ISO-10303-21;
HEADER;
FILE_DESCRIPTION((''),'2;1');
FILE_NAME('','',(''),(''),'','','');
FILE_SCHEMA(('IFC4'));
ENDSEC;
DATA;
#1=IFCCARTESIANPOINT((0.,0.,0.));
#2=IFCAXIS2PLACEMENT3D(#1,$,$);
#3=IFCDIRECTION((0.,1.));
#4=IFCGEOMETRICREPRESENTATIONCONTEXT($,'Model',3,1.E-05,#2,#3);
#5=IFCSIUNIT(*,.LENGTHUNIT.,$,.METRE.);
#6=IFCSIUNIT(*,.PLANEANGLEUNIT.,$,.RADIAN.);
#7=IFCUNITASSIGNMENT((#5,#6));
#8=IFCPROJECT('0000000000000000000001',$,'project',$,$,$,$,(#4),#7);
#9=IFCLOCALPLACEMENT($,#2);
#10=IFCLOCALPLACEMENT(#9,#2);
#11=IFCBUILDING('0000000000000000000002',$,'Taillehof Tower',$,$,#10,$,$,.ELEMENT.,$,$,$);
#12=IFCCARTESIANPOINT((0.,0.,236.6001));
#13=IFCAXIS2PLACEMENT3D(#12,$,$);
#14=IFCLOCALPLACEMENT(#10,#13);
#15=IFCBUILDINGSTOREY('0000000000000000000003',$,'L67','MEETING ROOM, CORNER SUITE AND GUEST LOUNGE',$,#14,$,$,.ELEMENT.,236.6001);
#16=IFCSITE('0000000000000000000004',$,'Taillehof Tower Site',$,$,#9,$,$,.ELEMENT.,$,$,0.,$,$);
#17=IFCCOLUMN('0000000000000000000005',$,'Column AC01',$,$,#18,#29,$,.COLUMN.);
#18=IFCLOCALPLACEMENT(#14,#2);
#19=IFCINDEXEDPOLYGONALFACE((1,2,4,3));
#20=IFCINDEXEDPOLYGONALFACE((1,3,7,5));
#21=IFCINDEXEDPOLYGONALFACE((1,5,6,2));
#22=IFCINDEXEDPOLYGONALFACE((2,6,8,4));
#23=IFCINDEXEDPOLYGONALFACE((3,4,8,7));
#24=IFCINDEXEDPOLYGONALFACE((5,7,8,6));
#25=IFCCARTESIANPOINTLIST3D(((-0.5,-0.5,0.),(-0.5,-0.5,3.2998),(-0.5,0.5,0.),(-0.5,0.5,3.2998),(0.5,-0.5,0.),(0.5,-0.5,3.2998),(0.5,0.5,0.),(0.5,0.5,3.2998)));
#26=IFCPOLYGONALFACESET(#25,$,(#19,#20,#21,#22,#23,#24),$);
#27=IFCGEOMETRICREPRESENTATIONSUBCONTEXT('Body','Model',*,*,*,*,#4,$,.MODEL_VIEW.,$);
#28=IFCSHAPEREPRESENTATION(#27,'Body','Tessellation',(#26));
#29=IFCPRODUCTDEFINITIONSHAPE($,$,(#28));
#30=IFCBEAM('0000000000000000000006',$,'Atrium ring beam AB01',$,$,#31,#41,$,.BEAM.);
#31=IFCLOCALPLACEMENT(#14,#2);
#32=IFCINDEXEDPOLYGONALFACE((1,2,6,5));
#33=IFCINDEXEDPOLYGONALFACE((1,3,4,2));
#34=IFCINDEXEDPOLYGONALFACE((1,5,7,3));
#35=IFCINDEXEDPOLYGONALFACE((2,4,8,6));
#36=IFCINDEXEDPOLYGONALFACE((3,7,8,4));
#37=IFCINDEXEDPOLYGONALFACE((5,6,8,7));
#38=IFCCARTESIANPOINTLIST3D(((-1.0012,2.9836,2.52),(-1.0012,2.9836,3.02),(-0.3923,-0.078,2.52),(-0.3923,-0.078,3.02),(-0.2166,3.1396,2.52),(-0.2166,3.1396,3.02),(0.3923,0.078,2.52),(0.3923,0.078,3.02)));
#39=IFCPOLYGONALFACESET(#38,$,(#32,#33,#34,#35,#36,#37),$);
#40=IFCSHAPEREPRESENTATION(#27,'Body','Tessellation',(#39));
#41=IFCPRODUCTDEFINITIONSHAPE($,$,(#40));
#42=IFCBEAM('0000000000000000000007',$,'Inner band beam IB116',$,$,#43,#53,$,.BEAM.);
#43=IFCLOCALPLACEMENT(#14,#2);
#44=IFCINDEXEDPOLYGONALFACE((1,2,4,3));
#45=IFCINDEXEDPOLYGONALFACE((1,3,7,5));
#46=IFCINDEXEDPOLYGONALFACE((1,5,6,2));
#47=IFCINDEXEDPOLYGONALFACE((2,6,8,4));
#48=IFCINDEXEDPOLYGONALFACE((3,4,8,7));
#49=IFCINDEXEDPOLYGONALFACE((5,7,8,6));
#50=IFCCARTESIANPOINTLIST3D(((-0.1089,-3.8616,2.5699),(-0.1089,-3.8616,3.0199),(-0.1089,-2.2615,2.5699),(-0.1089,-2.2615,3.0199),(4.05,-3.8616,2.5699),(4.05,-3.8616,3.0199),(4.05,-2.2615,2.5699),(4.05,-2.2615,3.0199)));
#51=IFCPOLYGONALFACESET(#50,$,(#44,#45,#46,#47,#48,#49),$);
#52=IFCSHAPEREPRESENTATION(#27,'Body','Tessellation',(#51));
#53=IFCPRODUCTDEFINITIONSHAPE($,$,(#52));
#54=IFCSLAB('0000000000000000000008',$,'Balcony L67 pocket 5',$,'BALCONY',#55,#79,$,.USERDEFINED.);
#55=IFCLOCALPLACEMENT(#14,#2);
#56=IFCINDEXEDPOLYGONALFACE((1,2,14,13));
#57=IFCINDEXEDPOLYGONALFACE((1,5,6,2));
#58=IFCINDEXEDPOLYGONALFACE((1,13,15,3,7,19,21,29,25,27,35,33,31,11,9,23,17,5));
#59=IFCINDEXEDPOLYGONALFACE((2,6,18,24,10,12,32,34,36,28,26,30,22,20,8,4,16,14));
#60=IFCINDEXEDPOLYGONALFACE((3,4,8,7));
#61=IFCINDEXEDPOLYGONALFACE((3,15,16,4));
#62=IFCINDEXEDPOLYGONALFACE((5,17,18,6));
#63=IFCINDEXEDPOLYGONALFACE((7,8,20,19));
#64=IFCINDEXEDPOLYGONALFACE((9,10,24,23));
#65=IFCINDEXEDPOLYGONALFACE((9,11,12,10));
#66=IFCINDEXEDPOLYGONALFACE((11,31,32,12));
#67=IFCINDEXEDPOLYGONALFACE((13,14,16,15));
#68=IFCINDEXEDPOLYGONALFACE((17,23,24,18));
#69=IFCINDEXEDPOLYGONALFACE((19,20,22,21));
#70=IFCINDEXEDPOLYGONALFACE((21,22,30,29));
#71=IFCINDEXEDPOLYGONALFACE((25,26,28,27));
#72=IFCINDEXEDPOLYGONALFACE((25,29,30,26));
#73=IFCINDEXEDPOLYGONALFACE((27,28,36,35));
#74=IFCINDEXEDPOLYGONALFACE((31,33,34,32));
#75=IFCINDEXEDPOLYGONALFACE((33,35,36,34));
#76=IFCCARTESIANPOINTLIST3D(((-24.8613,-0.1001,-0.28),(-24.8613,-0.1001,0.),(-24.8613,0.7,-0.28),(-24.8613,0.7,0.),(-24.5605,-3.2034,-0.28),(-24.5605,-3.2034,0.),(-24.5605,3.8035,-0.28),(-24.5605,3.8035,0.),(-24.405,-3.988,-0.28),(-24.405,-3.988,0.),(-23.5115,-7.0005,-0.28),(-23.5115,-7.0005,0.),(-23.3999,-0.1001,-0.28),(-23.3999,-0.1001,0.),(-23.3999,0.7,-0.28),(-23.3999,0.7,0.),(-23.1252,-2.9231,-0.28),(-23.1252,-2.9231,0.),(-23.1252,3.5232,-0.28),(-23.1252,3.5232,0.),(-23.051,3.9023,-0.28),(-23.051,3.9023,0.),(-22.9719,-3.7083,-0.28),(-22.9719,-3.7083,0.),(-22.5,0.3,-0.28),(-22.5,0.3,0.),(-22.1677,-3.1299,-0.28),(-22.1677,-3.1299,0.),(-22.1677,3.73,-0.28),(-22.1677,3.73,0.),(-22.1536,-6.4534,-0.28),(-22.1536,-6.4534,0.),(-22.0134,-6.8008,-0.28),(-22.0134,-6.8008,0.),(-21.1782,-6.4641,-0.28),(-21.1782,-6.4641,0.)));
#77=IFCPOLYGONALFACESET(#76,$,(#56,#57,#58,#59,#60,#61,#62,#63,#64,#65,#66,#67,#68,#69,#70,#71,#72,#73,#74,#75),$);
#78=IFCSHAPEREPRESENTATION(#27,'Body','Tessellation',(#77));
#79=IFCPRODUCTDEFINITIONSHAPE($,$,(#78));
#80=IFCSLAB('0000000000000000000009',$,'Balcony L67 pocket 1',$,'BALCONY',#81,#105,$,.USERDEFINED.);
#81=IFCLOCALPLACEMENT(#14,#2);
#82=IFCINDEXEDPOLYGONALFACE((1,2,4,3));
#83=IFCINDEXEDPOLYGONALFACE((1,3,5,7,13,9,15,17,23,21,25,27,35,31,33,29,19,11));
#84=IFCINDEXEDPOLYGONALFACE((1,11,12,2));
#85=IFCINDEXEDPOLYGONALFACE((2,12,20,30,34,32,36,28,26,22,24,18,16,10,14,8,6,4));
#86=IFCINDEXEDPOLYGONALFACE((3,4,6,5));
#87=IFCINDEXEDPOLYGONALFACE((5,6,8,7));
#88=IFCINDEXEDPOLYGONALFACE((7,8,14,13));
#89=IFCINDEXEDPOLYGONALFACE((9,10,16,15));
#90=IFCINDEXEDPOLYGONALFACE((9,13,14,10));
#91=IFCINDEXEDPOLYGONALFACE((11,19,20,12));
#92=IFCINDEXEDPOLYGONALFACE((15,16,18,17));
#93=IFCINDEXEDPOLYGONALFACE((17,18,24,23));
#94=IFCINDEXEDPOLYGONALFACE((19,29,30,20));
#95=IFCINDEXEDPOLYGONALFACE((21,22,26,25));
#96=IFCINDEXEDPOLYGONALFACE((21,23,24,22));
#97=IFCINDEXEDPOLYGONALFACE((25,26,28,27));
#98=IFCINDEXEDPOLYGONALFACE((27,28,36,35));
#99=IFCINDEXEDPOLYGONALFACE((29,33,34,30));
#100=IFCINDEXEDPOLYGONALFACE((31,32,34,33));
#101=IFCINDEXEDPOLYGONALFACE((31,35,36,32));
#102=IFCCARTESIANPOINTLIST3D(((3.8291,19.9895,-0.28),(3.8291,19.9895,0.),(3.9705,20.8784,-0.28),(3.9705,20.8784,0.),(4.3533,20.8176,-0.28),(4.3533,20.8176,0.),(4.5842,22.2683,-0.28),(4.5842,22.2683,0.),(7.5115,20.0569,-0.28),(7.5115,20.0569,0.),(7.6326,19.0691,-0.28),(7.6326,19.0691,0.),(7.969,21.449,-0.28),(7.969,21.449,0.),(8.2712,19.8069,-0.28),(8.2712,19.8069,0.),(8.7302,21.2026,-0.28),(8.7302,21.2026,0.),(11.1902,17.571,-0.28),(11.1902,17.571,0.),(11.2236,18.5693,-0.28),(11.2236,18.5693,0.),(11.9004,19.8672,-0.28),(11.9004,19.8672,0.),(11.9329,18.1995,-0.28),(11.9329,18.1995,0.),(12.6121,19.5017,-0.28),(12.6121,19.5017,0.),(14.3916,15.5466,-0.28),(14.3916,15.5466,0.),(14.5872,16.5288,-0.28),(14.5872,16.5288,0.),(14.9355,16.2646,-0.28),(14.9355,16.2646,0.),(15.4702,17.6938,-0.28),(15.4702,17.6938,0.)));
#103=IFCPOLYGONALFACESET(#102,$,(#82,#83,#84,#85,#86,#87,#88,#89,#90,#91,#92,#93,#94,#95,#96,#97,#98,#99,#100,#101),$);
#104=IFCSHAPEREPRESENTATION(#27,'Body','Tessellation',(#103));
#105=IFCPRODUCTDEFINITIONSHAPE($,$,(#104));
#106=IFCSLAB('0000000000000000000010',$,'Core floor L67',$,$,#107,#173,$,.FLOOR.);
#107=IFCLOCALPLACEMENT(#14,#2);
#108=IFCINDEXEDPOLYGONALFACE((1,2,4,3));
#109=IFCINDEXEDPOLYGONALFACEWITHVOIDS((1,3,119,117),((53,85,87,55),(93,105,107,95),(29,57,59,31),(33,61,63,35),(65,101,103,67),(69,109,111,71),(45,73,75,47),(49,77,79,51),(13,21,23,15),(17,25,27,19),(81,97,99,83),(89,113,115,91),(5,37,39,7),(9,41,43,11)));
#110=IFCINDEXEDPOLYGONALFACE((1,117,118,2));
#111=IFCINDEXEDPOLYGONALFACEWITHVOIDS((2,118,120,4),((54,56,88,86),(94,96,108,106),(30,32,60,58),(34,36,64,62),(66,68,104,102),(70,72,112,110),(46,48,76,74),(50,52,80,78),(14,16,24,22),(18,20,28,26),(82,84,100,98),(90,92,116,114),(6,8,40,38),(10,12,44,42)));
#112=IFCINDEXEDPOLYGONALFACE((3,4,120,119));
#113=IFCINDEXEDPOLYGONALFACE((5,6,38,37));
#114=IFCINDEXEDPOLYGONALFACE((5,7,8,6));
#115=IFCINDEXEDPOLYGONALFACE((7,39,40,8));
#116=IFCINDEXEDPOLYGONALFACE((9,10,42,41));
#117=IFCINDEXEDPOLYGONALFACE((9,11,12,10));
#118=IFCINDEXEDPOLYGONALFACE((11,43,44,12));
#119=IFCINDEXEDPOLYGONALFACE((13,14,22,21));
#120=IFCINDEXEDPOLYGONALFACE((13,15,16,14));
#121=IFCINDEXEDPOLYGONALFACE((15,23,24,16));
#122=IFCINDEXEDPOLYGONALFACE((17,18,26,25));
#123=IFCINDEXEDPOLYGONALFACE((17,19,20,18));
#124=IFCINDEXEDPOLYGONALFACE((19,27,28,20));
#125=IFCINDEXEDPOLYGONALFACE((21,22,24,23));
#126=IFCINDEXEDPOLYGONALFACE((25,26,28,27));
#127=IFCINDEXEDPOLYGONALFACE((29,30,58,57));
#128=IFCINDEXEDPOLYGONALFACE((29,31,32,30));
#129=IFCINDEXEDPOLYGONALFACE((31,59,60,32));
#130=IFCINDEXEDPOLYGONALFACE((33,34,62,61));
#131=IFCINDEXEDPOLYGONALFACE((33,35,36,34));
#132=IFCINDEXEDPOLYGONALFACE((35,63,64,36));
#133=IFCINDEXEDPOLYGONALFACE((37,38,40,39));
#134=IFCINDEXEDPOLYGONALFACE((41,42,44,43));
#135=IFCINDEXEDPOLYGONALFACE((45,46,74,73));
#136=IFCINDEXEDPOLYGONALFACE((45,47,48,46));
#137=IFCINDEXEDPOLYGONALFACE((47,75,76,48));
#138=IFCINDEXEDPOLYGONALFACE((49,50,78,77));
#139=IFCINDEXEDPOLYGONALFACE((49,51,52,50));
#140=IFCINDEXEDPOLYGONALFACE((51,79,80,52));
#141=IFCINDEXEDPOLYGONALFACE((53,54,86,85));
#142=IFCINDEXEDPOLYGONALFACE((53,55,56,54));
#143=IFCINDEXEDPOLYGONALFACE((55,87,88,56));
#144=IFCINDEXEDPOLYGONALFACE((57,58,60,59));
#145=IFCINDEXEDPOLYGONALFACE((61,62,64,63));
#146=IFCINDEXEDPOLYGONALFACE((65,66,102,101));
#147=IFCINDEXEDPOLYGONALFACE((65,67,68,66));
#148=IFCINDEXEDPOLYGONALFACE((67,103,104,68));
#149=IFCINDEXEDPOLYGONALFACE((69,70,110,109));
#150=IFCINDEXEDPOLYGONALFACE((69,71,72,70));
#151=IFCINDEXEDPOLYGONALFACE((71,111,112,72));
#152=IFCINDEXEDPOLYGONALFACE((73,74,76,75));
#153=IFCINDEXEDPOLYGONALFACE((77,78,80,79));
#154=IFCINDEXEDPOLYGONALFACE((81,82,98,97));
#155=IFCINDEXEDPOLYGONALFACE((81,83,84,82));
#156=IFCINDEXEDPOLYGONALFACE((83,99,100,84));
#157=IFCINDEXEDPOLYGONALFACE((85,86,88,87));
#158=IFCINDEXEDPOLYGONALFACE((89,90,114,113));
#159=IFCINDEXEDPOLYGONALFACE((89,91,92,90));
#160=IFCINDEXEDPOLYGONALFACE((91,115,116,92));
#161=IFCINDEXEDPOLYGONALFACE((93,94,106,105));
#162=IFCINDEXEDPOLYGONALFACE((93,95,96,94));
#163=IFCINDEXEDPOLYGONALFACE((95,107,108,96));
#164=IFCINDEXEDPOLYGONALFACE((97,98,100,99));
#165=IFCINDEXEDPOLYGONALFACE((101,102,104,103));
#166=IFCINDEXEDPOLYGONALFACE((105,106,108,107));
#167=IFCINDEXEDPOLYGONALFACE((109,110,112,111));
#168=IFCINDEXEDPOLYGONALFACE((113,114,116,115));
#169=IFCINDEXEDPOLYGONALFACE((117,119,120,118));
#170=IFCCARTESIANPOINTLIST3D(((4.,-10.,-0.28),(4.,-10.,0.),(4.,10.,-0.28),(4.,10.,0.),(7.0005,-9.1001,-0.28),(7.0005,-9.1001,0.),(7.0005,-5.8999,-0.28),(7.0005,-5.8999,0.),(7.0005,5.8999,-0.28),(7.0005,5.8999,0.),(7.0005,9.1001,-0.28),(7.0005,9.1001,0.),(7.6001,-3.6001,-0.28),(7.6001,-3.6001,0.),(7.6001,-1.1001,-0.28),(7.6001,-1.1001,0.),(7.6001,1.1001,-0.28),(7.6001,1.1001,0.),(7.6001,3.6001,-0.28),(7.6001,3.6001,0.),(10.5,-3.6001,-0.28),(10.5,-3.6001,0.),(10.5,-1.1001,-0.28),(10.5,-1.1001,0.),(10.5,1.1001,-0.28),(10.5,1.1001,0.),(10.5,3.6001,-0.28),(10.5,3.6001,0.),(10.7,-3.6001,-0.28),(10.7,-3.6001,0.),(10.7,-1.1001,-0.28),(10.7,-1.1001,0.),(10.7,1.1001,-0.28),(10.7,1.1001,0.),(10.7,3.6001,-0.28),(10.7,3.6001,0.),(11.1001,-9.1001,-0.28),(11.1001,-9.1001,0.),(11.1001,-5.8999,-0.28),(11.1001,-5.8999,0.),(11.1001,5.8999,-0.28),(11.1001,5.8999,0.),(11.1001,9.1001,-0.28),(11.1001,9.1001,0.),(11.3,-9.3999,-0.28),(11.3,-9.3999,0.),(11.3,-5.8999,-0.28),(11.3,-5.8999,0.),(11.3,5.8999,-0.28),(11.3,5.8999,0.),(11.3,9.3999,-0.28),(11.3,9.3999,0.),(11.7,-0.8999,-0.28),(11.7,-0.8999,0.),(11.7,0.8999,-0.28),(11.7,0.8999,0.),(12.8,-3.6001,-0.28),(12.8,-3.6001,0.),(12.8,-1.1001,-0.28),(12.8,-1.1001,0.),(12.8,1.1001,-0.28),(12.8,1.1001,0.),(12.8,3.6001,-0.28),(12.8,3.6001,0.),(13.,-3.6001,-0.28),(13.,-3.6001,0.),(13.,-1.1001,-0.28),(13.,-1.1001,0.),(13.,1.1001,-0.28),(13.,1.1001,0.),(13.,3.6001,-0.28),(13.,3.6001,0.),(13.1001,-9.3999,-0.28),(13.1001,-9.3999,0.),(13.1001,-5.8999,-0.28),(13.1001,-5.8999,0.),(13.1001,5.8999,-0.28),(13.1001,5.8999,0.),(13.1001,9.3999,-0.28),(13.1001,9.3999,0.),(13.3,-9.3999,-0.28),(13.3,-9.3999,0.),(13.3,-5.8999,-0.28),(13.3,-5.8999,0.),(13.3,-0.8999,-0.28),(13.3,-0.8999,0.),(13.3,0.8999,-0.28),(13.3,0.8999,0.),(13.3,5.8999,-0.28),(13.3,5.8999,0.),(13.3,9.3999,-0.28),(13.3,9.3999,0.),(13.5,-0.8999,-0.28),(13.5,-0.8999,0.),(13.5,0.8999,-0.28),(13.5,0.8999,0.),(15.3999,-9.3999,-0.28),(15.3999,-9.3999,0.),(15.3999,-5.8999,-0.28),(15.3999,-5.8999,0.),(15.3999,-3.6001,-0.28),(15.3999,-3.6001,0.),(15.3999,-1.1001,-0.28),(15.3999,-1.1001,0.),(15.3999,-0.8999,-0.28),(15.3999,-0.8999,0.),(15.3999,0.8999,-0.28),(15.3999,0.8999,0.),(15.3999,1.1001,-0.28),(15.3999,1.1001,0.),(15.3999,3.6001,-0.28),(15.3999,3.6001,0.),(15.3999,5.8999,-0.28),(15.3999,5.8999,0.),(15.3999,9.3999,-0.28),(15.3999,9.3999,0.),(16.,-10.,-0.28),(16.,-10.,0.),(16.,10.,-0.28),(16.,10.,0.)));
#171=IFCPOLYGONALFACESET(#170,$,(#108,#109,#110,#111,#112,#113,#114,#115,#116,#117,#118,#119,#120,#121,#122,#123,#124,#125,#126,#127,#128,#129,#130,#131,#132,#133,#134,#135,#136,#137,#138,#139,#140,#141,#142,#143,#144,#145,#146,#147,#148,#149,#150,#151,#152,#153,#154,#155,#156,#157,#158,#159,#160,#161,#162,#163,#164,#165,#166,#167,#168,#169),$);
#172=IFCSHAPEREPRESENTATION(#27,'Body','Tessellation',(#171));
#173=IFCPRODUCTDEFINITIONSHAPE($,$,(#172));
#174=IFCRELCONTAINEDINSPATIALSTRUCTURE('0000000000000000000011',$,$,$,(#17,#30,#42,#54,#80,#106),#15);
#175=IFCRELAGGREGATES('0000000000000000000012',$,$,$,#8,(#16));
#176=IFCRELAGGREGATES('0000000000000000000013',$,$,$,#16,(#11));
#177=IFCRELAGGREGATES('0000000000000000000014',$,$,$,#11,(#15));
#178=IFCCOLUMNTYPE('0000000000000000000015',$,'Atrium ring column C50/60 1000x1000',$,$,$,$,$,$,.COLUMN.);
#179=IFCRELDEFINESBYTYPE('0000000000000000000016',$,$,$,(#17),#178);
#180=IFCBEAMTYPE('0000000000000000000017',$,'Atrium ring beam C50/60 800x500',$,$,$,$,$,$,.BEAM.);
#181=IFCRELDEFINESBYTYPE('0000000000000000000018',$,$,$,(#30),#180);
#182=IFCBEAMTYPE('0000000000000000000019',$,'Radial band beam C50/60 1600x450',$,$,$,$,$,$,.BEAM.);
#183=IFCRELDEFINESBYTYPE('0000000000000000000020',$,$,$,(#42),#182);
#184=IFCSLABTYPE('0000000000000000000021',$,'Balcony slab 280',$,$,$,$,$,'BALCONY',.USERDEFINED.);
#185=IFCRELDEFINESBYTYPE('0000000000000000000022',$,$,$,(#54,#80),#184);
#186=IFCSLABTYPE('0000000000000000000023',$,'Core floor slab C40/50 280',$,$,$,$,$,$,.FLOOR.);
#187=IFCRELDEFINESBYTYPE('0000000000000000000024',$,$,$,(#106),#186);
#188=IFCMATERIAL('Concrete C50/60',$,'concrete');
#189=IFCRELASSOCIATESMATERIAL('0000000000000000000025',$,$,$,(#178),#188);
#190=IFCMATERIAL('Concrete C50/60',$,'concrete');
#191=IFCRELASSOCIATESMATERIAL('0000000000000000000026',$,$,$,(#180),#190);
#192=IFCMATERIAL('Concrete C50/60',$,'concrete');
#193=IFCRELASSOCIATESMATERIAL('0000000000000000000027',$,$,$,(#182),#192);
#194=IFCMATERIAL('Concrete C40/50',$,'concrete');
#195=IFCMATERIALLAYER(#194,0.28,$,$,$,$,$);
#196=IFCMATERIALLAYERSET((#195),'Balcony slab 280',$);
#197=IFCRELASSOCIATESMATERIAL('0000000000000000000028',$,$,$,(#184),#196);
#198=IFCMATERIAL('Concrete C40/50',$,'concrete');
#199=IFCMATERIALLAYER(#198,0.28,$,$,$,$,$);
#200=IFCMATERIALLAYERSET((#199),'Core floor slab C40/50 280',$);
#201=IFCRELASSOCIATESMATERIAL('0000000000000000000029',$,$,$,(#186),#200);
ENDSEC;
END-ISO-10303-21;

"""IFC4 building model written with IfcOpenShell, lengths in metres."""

from ifc_helpers import new_model, si_unit, direction, frame, origin, origin_with_axes, origin_2d, place, context, subcontext, project, spatial, polyline, rectangle, outline, extrude, material, layer, layer_set, material_profile, profile_set, type_object, element, save


model = new_model("IFC4")

# Units and contexts
model_context = context("Model", 3, precision=1e-05, world=origin(), true_north=direction((0.0, 1.0)))
body_context = subcontext(model_context, "Body", "Model", "MODEL_VIEW")
ifc_project = project(units=[si_unit("LENGTHUNIT", "METRE"), si_unit("PLANEANGLEUNIT", "RADIAN")], contexts=[model_context])

# Site, building, storey
site_placement = place(None, origin())
site = spatial("IfcSite", under=ifc_project, at=site_placement, Name="Taillehof Tower Site", CompositionType="ELEMENT", RefElevation=0.0)
building_placement = place(site_placement, origin())
building = spatial("IfcBuilding", under=site, at=building_placement, Name="Taillehof Tower", CompositionType="ELEMENT")
storey_placement = place(building_placement, frame((0.0, 0.0, 236.6001)))
storey = spatial("IfcBuildingStorey", under=building, at=storey_placement, Name="L67", Description="MEETING ROOM, CORNER SUITE AND GUEST LOUNGE", CompositionType="ELEMENT", Elevation=236.6001)

# Column
ifc_material_1 = material(Name="Concrete C50/60", Category="concrete")
ifc_material_profile_1 = material_profile(ifc_material_1, rectangle(XDim=1.0, YDim=1.0, at=origin_2d()), Name="RC 1000x1000")
ifc_profile_set_1 = profile_set([ifc_material_profile_1], Name="Concrete C50/60")
column_type = type_object("IfcColumnType", Name="Atrium ring column C50/60 1000x1000", PredefinedType="COLUMN", material=ifc_profile_set_1)
column_placement = place(storey_placement, origin_with_axes())
element("IfcColumn", 1, at=column_placement, inside=storey, type_object=column_type, Name="Column AC01", PredefinedType="COLUMN", context=body_context, shape_type="SweptSolid", body=[
    extrude(rectangle(XDim=1.0, YDim=1.0, at=origin_2d()), origin(), (0.0, 0.0, 1.0), 3.2998),
])

# Beams
ifc_material_2 = material(Name="Concrete C50/60", Category="concrete")
ifc_material_profile_2 = material_profile(ifc_material_2, rectangle(XDim=0.8, YDim=0.5, at=origin_2d()), Name="RC 800x500")
ifc_profile_set_2 = profile_set([ifc_material_profile_2], Name="Concrete C50/60")
beam_type_1 = type_object("IfcBeamType", Name="Atrium ring beam C50/60 800x500", PredefinedType="BEAM", material=ifc_profile_set_2)
beam_1_placement = place(storey_placement, frame((0.0, 0.0, 2.77), z_axis=(-0.195063, 0.980791, 0.0), x_axis=(-0.980791, -0.195063, 0.0)))
element("IfcBeam", 2, at=beam_1_placement, inside=storey, type_object=beam_type_1, Name="Atrium ring beam AB01", PredefinedType="BEAM", context=body_context, shape_type="SweptSolid", body=[
    extrude(rectangle(XDim=0.8, YDim=0.5, at=origin_2d()), origin(), (0.0, 0.0, 1.0), 3.1216),
])
ifc_material_3 = material(Name="Concrete C50/60", Category="concrete")
ifc_material_profile_3 = material_profile(ifc_material_3, rectangle(XDim=1.6001, YDim=0.45, at=origin_2d()), Name="RC 1600x450")
ifc_profile_set_3 = profile_set([ifc_material_profile_3], Name="Concrete C50/60")
beam_type_2 = type_object("IfcBeamType", Name="Radial band beam C50/60 1600x450", PredefinedType="BEAM", material=ifc_profile_set_3)
beam_2_placement = place(storey_placement, frame((-0.1089, -3.0615, 2.7949), z_axis=(1.0, 0.0, 0.0), x_axis=(0.0, 1.0, 0.0)))
element("IfcBeam", 3, at=beam_2_placement, inside=storey, type_object=beam_type_2, Name="Inner band beam IB116", PredefinedType="BEAM", context=body_context, shape_type="SweptSolid", body=[
    extrude(rectangle(XDim=1.6001, YDim=0.45, at=origin_2d()), origin(), (0.0, 0.0, 1.0), 4.1589),
])

# Slabs
ifc_material_4 = material(Name="Concrete C40/50", Category="concrete")
ifc_layer_1 = layer(ifc_material_4, 0.28)
ifc_layer_set_1 = layer_set([ifc_layer_1], Name="Balcony slab 280")
slab_type_1 = type_object("IfcSlabType", Name="Balcony slab 280", ElementType="BALCONY", PredefinedType="USERDEFINED", material=ifc_layer_set_1)
slab_1_placement = place(storey_placement, frame((0.0, 0.0, -0.28)))
element("IfcSlab", 4, at=slab_1_placement, inside=storey, type_object=slab_type_1, Name="Balcony L67 pocket 5", ObjectType="BALCONY", PredefinedType="USERDEFINED", context=body_context, shape_type="SweptSolid", body=[
    extrude(outline(polyline([(-21.1782, -6.4641), (-22.0134, -6.8008), (-22.1536, -6.4534), (-23.5115, -7.0005), (-24.405, -3.988), (-22.9719, -3.7083), (-23.1252, -2.9231), (-24.5605, -3.2034), (-24.8613, -0.1001), (-23.3999, -0.1001), (-23.3999, 0.7), (-24.8613, 0.7), (-24.5605, 3.8035), (-23.1252, 3.5232), (-23.051, 3.9023), (-22.1677, 3.73), (-22.5, 0.3), (-22.1677, -3.1299), (-21.1782, -6.4641)])), origin(), (0.0, 0.0, 1.0), 0.28),
])
slab_2_placement = place(storey_placement, frame((0.0, 0.0, -0.28)))
element("IfcSlab", 5, at=slab_2_placement, inside=storey, type_object=slab_type_1, Name="Balcony L67 pocket 1", ObjectType="BALCONY", PredefinedType="USERDEFINED", context=body_context, shape_type="SweptSolid", body=[
    extrude(outline(polyline([(3.8291, 19.9895), (3.9705, 20.8784), (4.3533, 20.8176), (4.5842, 22.2683), (7.969, 21.449), (7.5115, 20.0569), (8.2712, 19.8069), (8.7302, 21.2026), (11.9004, 19.8672), (11.2236, 18.5693), (11.9329, 18.1995), (12.6121, 19.5017), (15.4702, 17.6938), (14.5872, 16.5288), (14.9355, 16.2646), (14.3916, 15.5466), (11.1902, 17.571), (7.6326, 19.0691), (3.8291, 19.9895)])), origin(), (0.0, 0.0, 1.0), 0.28),
])
ifc_material_5 = material(Name="Concrete C40/50", Category="concrete")
ifc_layer_2 = layer(ifc_material_5, 0.28)
ifc_layer_set_2 = layer_set([ifc_layer_2], Name="Core floor slab C40/50 280")
slab_type_2 = type_object("IfcSlabType", Name="Core floor slab C40/50 280", PredefinedType="FLOOR", material=ifc_layer_set_2)
slab_3_placement = place(storey_placement, frame((0.0, 0.0, -0.28)))
element("IfcSlab", 6, at=slab_3_placement, inside=storey, type_object=slab_type_2, Name="Core floor L67", PredefinedType="FLOOR", context=body_context, shape_type="SweptSolid", body=[
    extrude(outline(polyline([(4.0, -10.0), (4.0, 10.0), (16.0, 10.0), (16.0, -10.0), (4.0, -10.0)]), holes=[polyline([(11.1001, -9.1001), (11.1001, -5.8999), (7.0005, -5.8999), (7.0005, -9.1001), (11.1001, -9.1001)]), polyline([(10.5, -3.6001), (10.5, -1.1001), (7.6001, -1.1001), (7.6001, -3.6001), (10.5, -3.6001)]), polyline([(12.8, -3.6001), (12.8, -1.1001), (10.7, -1.1001), (10.7, -3.6001), (12.8, -3.6001)]), polyline([(10.5, 1.1001), (10.5, 3.6001), (7.6001, 3.6001), (7.6001, 1.1001), (10.5, 1.1001)]), polyline([(12.8, 1.1001), (12.8, 3.6001), (10.7, 3.6001), (10.7, 1.1001), (12.8, 1.1001)]), polyline([(11.1001, 5.8999), (11.1001, 9.1001), (7.0005, 9.1001), (7.0005, 5.8999), (11.1001, 5.8999)]), polyline([(13.1001, 5.8999), (13.1001, 9.3999), (11.3, 9.3999), (11.3, 5.8999), (13.1001, 5.8999)]), polyline([(13.1001, -5.8999), (11.3, -5.8999), (11.3, -9.3999), (13.1001, -9.3999), (13.1001, -5.8999)]), polyline([(15.3999, -9.3999), (15.3999, -5.8999), (13.3, -5.8999), (13.3, -9.3999), (15.3999, -9.3999)]), polyline([(15.3999, -3.6001), (15.3999, -1.1001), (13.0, -1.1001), (13.0, -3.6001), (15.3999, -3.6001)]), polyline([(13.3, -0.8999), (13.3, 0.8999), (11.7, 0.8999), (11.7, -0.8999), (13.3, -0.8999)]), polyline([(15.3999, -0.8999), (15.3999, 0.8999), (13.5, 0.8999), (13.5, -0.8999), (15.3999, -0.8999)]), polyline([(15.3999, 1.1001), (15.3999, 3.6001), (13.0, 3.6001), (13.0, 1.1001), (15.3999, 1.1001)]), polyline([(15.3999, 5.8999), (15.3999, 9.3999), (13.3, 9.3999), (13.3, 5.8999), (15.3999, 5.8999)])]), origin(), (0.0, 0.0, 1.0), 0.28),
])

save(model, "model.ifc")
